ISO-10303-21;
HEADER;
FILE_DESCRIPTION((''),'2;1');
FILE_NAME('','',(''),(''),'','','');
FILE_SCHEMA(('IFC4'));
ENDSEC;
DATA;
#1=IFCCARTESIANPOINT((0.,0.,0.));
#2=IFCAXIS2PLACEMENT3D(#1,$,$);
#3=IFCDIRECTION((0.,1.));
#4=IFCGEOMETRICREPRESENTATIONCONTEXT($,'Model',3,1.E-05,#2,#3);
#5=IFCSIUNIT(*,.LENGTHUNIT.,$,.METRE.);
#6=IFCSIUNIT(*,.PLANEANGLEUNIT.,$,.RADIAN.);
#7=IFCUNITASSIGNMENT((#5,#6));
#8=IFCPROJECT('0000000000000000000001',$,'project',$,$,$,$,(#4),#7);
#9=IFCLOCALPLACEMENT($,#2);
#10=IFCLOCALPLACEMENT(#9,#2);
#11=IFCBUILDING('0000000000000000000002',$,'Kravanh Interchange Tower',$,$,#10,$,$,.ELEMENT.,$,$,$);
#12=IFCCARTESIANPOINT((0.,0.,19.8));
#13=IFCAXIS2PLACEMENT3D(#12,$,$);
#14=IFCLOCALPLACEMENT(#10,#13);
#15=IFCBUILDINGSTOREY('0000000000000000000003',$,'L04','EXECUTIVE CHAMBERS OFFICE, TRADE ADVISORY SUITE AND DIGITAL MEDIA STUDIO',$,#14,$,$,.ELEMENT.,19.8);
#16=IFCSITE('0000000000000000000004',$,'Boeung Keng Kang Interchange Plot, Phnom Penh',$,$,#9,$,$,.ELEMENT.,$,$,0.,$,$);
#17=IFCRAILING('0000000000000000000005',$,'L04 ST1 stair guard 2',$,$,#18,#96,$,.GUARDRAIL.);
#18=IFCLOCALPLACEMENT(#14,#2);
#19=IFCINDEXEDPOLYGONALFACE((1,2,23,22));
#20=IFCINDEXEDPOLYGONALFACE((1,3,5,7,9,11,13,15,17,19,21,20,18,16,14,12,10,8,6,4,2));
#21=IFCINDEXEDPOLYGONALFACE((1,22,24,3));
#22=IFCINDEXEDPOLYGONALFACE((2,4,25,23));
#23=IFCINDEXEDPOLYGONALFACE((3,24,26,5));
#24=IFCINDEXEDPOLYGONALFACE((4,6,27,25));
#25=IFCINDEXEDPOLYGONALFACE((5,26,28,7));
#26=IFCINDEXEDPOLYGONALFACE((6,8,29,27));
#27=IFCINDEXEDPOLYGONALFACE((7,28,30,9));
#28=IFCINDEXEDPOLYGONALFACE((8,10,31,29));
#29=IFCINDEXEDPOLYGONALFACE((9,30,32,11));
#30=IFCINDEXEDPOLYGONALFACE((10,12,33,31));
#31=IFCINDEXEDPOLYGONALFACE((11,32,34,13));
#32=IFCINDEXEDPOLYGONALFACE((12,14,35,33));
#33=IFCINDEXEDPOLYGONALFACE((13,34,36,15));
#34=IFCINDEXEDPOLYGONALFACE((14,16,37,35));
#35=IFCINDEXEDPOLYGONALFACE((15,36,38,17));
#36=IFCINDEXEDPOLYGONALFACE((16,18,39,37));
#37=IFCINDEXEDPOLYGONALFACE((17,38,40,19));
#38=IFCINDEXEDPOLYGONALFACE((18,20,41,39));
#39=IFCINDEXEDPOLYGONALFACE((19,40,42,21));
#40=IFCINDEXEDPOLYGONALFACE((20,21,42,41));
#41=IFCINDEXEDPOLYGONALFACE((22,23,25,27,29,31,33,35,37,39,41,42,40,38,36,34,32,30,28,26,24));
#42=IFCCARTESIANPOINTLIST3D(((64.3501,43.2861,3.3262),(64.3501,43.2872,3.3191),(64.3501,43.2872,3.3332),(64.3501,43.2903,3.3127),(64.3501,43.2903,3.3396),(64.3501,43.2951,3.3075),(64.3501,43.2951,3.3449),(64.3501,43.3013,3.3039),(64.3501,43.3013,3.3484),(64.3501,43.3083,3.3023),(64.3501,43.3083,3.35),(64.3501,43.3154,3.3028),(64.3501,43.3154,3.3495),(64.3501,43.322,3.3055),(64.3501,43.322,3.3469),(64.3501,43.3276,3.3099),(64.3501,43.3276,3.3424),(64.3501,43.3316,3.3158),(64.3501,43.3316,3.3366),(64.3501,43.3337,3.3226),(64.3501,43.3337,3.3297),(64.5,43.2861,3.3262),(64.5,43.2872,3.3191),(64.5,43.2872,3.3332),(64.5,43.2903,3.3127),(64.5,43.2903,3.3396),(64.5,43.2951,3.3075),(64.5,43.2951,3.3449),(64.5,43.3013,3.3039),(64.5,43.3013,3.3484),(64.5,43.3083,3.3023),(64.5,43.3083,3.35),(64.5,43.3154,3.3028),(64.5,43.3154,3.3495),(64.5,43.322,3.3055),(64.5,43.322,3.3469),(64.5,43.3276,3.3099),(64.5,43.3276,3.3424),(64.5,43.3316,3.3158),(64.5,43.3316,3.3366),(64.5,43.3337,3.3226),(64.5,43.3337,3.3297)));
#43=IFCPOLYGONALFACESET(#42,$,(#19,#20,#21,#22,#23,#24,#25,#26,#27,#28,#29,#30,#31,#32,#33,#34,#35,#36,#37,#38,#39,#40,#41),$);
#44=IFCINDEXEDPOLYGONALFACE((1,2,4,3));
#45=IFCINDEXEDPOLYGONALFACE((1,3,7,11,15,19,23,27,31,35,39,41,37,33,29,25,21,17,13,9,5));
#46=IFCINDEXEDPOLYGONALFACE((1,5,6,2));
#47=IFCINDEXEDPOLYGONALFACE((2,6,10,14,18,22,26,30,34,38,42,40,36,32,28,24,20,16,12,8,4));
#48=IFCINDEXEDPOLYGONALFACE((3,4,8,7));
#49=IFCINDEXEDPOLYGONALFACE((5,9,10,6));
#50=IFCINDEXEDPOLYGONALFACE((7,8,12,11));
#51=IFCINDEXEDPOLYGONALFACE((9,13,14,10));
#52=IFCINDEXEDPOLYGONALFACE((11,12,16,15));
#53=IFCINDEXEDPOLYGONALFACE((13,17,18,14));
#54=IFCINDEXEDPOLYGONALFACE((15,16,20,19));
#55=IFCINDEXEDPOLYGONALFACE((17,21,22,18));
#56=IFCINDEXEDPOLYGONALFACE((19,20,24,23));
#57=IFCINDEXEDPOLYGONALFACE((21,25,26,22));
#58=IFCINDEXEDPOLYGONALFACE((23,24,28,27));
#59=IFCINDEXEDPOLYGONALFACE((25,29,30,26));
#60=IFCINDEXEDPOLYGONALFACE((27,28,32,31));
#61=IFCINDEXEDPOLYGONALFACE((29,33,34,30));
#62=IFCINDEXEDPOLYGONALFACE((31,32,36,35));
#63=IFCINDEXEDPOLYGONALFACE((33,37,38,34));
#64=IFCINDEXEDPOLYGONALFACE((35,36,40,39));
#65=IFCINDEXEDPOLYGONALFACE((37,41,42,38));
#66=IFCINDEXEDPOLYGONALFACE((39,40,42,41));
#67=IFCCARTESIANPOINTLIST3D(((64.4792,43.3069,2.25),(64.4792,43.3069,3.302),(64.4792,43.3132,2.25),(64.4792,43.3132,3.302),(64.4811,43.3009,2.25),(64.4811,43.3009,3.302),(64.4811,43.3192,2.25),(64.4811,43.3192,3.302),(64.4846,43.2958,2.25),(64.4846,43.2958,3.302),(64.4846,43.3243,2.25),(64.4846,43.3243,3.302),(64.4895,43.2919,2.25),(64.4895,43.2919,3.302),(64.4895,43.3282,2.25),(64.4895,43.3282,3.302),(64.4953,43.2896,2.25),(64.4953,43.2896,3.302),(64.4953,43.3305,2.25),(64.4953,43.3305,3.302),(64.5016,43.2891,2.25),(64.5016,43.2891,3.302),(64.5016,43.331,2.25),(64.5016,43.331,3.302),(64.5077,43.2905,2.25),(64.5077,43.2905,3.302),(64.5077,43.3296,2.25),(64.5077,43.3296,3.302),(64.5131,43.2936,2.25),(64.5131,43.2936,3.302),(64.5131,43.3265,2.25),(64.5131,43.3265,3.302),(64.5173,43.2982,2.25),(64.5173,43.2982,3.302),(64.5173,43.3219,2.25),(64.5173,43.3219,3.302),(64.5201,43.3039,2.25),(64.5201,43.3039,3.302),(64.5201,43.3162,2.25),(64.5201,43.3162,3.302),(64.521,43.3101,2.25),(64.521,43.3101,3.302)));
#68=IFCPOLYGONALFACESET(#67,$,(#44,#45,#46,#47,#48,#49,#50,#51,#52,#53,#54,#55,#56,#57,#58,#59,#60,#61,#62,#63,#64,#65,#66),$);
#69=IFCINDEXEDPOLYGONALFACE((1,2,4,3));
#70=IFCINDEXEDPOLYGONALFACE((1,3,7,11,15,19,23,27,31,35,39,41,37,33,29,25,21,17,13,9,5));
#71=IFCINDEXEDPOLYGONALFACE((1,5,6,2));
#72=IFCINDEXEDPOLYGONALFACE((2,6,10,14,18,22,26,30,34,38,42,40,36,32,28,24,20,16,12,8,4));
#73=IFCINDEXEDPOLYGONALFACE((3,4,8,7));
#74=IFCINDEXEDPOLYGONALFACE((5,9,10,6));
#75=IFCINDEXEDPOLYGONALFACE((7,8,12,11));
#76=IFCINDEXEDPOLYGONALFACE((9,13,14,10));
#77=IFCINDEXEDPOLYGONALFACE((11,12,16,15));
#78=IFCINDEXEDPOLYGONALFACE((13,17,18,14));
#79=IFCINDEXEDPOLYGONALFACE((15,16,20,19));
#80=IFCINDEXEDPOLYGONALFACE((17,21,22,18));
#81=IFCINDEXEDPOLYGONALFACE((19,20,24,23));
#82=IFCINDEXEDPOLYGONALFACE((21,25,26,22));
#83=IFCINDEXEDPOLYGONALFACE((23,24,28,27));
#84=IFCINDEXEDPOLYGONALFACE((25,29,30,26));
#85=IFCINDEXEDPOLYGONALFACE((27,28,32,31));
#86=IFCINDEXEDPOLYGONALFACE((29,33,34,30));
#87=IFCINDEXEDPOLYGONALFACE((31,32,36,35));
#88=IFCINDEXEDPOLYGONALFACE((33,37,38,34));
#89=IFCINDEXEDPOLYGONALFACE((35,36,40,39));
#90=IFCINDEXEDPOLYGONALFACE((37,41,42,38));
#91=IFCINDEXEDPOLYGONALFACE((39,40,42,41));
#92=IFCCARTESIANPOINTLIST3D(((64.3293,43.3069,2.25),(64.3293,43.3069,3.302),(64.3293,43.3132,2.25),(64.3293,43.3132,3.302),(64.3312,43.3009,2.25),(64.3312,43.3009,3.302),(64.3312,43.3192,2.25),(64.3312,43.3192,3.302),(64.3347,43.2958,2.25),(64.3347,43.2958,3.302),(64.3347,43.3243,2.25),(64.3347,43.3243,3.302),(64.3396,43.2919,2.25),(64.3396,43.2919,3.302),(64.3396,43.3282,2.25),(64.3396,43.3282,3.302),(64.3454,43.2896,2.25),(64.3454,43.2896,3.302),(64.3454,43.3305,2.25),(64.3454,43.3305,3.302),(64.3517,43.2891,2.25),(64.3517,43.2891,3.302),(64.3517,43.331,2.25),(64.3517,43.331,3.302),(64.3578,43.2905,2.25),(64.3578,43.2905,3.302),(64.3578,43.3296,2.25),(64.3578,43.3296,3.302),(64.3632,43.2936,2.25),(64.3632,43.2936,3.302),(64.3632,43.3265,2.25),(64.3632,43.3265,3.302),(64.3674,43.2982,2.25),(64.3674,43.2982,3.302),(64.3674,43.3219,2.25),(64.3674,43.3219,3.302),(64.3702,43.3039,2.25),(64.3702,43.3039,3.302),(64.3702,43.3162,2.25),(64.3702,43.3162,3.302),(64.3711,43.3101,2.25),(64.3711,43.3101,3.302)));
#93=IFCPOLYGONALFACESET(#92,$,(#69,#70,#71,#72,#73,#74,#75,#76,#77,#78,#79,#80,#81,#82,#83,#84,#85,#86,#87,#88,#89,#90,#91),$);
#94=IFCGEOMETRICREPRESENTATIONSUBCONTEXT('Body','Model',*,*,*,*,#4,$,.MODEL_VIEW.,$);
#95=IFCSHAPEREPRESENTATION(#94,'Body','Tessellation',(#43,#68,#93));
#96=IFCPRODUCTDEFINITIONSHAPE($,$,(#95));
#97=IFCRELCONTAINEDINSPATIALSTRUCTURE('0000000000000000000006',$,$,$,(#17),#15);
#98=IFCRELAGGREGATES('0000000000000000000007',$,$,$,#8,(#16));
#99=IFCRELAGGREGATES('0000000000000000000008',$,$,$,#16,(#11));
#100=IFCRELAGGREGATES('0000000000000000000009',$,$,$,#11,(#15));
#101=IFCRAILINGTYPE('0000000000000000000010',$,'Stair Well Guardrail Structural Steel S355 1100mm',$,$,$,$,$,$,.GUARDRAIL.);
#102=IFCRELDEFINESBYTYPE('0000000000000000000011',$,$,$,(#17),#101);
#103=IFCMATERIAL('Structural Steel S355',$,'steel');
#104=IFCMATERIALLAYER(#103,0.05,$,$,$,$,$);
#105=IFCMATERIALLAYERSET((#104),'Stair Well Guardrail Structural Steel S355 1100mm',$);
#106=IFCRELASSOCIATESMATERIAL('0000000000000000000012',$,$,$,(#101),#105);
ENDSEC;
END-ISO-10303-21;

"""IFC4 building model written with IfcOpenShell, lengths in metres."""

from ifc_helpers import new_model, si_unit, direction, frame, origin, origin_2d, place, context, subcontext, project, spatial, circle, extrude, material, layer, layer_set, type_object, element, save


model = new_model("IFC4")

# Units and contexts
model_context = context("Model", 3, precision=1e-05, world=origin(), true_north=direction((0.0, 1.0)))
body_context = subcontext(model_context, "Body", "Model", "MODEL_VIEW")
ifc_project = project(units=[si_unit("LENGTHUNIT", "METRE"), si_unit("PLANEANGLEUNIT", "RADIAN")], contexts=[model_context])

# Site, building, storey
site_placement = place(None, origin())
site = spatial("IfcSite", under=ifc_project, at=site_placement, Name="Boeung Keng Kang Interchange Plot, Phnom Penh", CompositionType="ELEMENT", RefElevation=0.0)
building_placement = place(site_placement, origin())
building = spatial("IfcBuilding", under=site, at=building_placement, Name="Kravanh Interchange Tower", CompositionType="ELEMENT")
storey_placement = place(building_placement, frame((0.0, 0.0, 19.8)))
storey = spatial("IfcBuildingStorey", under=building, at=storey_placement, Name="L04", Description="EXECUTIVE CHAMBERS OFFICE, TRADE ADVISORY SUITE AND DIGITAL MEDIA STUDIO", CompositionType="ELEMENT", Elevation=19.8)

# Railing
ifc_material_1 = material(Name="Structural Steel S355", Category="steel")
ifc_layer_1 = layer(ifc_material_1, 0.05)
ifc_layer_set_1 = layer_set([ifc_layer_1], Name="Stair Well Guardrail Structural Steel S355 1100mm")
railing_type_1 = type_object("IfcRailingType", Name="Stair Well Guardrail Structural Steel S355 1100mm", PredefinedType="GUARDRAIL", material=ifc_layer_set_1)
railing_1_placement = place(storey_placement, frame((64.5, 43.3101, 2.25)))
element("IfcRailing", 1, at=railing_1_placement, inside=storey, type_object=railing_type_1, Name="L04 ST1 stair guard 2", PredefinedType="GUARDRAIL", context=body_context, shape_type="SweptSolid", body=[
    extrude(circle(Radius=0.0239, at=origin_2d()), frame((0.0, 0.0, 1.0762), z_axis=(-1.0, 0.0, 0.0), x_axis=(0.0, -1.0, 0.0)), (0.0, 0.0, 1.0), 0.1499),
    extrude(circle(Radius=0.021, at=origin_2d()), origin(), (0.0, 0.0, 1.0), 1.052),
    extrude(circle(Radius=0.021, at=origin_2d()), frame((-0.1499, 0.0, 0.0)), (0.0, 0.0, 1.0), 1.052),
])

save(model, "model.ifc")
